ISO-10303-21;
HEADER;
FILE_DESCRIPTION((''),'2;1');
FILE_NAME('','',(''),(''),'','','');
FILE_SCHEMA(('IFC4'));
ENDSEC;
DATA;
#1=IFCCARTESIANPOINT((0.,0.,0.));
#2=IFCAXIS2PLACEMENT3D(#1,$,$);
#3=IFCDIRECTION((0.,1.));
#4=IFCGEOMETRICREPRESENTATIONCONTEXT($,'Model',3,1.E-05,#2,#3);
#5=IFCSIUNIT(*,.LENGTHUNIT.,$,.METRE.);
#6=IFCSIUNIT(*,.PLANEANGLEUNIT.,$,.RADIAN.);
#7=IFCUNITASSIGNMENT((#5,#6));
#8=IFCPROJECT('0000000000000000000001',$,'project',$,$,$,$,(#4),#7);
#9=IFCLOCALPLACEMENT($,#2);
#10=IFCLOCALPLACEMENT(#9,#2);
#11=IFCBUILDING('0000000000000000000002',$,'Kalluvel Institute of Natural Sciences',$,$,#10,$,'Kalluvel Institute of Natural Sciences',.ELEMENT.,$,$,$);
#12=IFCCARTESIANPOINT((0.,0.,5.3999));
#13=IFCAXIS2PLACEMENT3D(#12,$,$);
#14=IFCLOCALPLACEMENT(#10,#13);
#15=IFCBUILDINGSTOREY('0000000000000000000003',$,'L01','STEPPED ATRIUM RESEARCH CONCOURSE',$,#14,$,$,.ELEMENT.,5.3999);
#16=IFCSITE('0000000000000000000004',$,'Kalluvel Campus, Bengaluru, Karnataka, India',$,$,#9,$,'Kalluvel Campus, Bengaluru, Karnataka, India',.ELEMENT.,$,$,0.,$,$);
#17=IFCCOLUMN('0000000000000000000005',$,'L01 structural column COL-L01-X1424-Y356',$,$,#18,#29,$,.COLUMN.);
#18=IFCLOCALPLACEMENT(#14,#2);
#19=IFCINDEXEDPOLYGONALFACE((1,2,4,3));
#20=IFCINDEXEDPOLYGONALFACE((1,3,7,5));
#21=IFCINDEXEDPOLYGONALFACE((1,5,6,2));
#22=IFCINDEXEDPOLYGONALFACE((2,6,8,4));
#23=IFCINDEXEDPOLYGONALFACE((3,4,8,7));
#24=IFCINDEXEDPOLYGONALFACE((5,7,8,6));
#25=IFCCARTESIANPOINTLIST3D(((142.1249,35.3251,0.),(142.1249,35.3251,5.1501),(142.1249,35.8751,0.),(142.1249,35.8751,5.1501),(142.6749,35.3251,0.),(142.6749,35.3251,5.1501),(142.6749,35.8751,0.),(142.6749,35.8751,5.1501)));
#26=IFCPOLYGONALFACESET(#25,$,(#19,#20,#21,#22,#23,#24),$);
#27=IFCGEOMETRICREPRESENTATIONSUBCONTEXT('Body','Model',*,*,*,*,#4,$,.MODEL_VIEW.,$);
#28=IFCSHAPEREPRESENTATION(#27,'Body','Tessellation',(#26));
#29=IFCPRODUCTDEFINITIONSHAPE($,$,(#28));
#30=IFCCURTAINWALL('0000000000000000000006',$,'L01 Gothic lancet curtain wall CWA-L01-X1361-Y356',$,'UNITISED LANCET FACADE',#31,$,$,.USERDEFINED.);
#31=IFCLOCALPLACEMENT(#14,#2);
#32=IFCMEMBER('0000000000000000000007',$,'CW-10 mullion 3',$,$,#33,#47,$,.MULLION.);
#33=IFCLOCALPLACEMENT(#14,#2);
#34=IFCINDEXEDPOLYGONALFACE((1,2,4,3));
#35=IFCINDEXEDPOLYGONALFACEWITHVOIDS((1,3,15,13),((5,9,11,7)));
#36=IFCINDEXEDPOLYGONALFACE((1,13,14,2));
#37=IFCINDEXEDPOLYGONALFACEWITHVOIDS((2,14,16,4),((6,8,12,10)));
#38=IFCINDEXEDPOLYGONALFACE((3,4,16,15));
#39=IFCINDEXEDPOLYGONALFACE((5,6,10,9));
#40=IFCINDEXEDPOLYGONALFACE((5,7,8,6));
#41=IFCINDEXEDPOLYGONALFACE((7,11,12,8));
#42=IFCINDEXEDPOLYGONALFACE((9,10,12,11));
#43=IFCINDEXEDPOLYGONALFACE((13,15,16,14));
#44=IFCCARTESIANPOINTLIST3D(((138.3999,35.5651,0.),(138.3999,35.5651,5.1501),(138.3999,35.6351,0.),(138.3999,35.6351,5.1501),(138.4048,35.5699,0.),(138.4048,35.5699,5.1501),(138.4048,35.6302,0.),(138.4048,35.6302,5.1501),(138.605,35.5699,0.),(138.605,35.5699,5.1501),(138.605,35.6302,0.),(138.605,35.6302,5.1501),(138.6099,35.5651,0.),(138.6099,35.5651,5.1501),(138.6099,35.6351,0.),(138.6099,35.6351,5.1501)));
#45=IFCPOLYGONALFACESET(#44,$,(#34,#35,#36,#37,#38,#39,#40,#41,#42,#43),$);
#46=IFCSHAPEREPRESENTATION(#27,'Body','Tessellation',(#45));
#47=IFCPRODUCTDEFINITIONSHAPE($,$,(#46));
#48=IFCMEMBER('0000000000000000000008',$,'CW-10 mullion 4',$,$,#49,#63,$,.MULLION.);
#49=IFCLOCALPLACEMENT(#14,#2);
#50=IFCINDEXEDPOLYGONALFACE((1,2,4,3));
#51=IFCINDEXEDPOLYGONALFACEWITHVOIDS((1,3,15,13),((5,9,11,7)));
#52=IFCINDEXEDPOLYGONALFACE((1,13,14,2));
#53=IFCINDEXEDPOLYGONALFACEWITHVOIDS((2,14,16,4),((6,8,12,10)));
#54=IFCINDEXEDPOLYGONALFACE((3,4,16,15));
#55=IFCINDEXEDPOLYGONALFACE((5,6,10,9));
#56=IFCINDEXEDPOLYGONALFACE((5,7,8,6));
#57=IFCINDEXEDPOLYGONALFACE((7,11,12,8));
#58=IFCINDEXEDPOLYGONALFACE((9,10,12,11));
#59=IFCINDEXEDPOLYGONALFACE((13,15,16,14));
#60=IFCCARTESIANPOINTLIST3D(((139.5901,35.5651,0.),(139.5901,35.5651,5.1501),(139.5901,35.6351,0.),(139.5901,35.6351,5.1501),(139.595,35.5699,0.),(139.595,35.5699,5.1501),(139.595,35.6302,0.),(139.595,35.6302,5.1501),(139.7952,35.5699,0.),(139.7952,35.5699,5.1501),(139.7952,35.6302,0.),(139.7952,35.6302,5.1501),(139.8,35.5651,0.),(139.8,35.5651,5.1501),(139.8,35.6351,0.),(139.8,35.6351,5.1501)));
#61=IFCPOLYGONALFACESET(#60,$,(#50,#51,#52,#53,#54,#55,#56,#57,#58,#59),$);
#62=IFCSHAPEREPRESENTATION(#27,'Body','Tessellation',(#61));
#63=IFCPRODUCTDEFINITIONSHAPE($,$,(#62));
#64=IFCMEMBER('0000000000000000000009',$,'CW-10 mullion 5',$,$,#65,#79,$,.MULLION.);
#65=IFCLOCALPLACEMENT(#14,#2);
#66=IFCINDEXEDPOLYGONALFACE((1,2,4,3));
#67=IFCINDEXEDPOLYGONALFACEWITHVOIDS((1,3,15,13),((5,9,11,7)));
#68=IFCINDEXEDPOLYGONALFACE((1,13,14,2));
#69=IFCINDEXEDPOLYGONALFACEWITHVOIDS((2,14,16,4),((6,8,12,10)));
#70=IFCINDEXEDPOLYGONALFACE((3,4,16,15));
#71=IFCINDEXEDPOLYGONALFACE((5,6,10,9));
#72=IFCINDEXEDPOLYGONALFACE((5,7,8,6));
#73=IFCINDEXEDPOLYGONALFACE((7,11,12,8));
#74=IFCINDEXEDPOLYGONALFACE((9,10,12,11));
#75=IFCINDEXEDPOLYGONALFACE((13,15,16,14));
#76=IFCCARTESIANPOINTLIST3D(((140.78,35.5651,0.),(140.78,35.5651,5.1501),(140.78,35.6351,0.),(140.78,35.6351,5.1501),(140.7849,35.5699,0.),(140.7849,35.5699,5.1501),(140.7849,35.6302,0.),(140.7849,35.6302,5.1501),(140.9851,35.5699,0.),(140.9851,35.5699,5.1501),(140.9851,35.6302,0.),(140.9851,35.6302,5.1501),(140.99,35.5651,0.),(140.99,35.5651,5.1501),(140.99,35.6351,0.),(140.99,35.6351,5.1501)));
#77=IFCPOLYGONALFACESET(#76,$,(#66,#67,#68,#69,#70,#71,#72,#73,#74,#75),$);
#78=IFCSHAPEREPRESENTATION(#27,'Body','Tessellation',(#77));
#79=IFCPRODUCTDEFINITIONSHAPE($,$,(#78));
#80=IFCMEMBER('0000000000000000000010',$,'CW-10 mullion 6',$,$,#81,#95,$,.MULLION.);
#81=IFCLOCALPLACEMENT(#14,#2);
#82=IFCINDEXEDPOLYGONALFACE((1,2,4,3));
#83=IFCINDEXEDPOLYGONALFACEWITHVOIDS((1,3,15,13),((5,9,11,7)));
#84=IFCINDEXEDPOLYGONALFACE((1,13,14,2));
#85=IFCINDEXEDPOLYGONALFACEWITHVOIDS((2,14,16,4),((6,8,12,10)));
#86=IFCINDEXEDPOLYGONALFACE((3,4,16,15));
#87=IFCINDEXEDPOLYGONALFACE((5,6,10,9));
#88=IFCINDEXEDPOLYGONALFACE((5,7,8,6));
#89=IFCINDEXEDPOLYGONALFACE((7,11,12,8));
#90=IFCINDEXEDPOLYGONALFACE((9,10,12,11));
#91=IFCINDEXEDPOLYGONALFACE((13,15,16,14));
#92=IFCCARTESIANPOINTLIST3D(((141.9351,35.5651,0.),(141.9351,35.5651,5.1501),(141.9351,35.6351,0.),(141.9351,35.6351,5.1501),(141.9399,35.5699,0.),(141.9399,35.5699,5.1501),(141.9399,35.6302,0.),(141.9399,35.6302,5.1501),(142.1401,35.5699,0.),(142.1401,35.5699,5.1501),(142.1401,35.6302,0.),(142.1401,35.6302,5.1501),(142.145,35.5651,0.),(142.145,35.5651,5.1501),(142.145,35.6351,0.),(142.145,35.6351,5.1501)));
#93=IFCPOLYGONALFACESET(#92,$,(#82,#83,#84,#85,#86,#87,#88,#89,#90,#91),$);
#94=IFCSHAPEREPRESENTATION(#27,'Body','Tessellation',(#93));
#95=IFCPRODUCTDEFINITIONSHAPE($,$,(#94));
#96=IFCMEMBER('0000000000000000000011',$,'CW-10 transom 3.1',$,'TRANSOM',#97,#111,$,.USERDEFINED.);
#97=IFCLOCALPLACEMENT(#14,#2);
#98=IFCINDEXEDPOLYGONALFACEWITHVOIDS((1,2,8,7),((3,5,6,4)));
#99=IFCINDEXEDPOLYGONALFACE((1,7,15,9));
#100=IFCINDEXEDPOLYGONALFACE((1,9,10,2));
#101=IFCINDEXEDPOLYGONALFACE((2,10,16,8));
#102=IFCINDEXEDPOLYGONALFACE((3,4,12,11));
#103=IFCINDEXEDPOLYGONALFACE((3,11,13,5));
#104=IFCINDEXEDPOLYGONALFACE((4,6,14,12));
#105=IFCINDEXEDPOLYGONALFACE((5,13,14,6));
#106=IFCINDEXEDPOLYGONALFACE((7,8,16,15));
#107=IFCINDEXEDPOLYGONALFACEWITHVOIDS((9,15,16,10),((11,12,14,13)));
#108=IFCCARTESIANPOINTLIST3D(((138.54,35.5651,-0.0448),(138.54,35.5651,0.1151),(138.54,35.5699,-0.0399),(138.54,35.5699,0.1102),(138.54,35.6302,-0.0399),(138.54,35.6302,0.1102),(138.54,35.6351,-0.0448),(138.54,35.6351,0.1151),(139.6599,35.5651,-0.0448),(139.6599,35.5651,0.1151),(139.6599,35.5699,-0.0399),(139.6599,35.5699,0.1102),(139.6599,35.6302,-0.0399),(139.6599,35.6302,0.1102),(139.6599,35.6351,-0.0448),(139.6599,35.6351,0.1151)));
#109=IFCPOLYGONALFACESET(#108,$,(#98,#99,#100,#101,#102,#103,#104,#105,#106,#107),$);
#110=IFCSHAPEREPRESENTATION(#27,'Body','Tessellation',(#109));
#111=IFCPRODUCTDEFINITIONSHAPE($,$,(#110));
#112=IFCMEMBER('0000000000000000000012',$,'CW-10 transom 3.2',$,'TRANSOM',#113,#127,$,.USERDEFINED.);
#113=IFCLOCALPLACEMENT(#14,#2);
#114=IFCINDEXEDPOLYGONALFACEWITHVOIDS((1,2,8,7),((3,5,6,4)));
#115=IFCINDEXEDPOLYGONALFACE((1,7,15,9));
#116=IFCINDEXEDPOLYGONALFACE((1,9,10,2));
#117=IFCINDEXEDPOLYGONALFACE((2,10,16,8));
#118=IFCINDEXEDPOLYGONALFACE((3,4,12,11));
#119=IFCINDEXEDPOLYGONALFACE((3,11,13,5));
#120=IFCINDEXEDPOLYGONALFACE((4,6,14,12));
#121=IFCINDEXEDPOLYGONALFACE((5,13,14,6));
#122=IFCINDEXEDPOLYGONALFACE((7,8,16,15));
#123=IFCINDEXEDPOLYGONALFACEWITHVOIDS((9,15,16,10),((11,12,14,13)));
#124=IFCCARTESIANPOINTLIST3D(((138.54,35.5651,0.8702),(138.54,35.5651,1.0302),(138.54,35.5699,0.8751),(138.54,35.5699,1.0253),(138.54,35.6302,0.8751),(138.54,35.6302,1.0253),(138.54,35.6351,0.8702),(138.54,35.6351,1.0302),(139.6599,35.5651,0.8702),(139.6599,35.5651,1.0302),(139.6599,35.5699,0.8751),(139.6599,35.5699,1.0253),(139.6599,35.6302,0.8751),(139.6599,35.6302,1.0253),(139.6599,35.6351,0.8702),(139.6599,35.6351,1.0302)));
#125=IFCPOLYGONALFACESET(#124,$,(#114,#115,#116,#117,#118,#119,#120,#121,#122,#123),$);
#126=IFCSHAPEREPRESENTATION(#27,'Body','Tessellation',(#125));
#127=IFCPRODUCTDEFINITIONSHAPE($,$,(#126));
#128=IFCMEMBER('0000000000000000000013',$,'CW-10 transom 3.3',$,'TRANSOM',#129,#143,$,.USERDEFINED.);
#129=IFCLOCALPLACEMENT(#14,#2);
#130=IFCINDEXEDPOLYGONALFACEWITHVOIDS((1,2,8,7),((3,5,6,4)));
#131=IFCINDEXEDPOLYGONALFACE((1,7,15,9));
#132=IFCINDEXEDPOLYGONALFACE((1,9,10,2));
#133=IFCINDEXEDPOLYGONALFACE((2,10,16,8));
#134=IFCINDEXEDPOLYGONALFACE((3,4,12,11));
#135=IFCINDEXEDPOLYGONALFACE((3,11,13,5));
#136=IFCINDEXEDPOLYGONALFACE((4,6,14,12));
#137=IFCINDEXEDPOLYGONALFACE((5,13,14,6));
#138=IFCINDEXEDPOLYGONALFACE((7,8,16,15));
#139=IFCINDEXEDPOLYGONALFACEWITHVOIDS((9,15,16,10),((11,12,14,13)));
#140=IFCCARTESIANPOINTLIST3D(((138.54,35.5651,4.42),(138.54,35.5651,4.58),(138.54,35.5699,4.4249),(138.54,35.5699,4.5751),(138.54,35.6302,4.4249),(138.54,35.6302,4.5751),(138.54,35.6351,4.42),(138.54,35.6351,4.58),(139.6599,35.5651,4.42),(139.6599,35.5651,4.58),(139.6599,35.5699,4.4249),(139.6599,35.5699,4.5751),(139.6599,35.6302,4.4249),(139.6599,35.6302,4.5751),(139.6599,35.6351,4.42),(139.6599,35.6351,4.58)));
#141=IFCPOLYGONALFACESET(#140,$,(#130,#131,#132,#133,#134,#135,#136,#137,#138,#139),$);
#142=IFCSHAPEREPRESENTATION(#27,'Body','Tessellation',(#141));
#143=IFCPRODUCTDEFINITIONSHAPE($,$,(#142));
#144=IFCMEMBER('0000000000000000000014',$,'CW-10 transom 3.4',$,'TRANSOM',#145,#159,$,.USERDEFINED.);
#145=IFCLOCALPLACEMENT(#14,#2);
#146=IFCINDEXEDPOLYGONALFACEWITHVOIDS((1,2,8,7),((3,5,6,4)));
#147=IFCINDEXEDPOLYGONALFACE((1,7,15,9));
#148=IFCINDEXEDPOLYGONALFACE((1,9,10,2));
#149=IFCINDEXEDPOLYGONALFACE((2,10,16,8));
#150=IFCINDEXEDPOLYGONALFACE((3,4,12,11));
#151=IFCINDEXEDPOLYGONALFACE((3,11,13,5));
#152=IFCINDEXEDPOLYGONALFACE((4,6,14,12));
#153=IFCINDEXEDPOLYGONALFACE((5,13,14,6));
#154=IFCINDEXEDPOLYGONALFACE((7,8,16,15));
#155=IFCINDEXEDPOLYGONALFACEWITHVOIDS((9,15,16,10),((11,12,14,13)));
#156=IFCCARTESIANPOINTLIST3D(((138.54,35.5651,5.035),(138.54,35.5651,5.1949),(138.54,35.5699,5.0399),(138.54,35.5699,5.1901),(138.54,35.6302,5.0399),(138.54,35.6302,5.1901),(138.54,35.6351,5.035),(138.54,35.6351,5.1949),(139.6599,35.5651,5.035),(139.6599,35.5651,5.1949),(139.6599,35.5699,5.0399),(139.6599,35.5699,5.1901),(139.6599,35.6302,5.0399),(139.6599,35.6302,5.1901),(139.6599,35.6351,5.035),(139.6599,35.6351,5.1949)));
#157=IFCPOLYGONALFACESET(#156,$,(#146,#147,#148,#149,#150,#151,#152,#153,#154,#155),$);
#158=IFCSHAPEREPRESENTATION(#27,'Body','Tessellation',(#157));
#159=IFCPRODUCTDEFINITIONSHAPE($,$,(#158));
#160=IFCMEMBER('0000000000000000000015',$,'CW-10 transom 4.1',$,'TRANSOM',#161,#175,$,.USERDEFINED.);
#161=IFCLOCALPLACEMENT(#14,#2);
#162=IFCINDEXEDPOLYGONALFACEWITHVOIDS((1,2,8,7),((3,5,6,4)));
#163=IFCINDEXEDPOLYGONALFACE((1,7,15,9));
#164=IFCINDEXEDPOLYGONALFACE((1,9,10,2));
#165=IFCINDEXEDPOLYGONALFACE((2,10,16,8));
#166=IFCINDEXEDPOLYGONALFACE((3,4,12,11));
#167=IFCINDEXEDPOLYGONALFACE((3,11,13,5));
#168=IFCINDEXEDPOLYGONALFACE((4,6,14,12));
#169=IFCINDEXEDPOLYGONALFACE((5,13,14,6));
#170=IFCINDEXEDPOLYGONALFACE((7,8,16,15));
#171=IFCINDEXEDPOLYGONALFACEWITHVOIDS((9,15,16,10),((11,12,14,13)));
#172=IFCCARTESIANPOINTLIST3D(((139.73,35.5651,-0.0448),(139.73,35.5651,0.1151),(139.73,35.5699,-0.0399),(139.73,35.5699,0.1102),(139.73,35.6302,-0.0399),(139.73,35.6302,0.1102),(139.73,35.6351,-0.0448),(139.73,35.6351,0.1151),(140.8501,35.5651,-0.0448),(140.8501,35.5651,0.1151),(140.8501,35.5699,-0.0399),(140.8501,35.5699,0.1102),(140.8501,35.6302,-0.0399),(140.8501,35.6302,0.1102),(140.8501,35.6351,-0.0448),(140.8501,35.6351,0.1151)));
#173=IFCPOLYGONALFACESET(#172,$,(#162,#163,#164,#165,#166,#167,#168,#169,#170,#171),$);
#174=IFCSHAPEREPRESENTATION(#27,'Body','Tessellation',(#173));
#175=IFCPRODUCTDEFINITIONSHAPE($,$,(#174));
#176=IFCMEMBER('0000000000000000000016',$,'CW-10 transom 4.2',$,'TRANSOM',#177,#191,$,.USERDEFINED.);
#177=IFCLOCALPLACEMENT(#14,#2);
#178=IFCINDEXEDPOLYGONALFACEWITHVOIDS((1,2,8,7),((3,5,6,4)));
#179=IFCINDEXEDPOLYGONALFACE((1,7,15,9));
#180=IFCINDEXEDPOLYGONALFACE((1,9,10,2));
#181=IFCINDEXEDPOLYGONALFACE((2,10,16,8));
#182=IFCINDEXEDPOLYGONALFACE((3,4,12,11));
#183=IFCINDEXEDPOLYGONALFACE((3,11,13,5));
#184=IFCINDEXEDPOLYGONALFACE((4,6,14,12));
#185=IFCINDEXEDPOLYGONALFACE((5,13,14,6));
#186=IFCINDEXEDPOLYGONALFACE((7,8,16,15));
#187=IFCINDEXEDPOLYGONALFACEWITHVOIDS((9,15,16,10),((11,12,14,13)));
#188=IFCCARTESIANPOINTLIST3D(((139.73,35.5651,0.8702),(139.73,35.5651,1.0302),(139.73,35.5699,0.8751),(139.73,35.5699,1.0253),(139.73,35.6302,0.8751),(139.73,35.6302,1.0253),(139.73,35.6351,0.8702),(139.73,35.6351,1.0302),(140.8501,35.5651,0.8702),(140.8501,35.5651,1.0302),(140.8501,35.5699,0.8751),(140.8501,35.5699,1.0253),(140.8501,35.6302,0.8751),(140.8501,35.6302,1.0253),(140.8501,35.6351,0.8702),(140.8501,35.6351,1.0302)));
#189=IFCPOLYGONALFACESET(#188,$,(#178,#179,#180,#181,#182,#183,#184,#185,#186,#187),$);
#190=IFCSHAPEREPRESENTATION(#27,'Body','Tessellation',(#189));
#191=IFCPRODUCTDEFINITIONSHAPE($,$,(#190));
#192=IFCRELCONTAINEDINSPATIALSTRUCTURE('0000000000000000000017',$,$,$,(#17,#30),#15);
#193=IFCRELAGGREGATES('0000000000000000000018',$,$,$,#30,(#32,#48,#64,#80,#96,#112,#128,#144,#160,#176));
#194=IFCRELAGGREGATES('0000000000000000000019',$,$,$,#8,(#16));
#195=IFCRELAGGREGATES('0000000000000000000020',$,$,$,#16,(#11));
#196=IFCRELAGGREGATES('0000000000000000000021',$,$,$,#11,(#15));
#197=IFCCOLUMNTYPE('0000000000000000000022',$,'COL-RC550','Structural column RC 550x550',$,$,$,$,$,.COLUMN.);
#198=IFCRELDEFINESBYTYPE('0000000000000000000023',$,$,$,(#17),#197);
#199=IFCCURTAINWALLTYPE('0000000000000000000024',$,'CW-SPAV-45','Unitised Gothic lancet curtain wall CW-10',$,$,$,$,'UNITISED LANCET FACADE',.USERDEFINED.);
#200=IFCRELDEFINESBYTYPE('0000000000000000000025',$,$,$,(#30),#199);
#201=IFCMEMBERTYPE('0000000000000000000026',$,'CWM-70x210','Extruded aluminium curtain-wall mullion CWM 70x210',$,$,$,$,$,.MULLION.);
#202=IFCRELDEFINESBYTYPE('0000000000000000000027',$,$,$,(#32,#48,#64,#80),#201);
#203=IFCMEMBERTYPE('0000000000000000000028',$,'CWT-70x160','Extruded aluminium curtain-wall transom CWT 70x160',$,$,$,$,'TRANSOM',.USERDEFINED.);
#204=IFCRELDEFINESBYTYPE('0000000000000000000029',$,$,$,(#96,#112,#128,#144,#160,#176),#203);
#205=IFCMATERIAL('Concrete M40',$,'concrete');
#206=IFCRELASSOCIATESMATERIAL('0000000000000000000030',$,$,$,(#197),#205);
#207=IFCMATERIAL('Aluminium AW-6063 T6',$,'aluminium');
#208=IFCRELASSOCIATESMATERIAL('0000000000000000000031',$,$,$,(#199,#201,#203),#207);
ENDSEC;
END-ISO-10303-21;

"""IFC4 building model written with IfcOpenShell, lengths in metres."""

from ifc_helpers import new_model, si_unit, direction, frame, origin, origin_2d, place, context, subcontext, project, spatial, rectangle, hollow_rectangle, extrude, material, material_profile, profile_set, type_object, element, aggregate, save


model = new_model("IFC4")

# Units and contexts
model_context = context("Model", 3, precision=1e-05, world=origin(), true_north=direction((0.0, 1.0)))
body_context = subcontext(model_context, "Body", "Model", "MODEL_VIEW")
ifc_project = project(units=[si_unit("LENGTHUNIT", "METRE"), si_unit("PLANEANGLEUNIT", "RADIAN")], contexts=[model_context])

# Site, building, storey
site_placement = place(None, origin())
site = spatial("IfcSite", under=ifc_project, at=site_placement, Name="Kalluvel Campus, Bengaluru, Karnataka, India", LongName="Kalluvel Campus, Bengaluru, Karnataka, India", CompositionType="ELEMENT", RefElevation=0.0)
building_placement = place(site_placement, origin())
building = spatial("IfcBuilding", under=site, at=building_placement, Name="Kalluvel Institute of Natural Sciences", LongName="Kalluvel Institute of Natural Sciences", CompositionType="ELEMENT")
storey_placement = place(building_placement, frame((0.0, 0.0, 5.3999)))
storey = spatial("IfcBuildingStorey", under=building, at=storey_placement, Name="L01", Description="STEPPED ATRIUM RESEARCH CONCOURSE", CompositionType="ELEMENT", Elevation=5.3999)

# Column
ifc_material_1 = material(Name="Concrete M40", Category="concrete")
ifc_material_profile_1 = material_profile(ifc_material_1, rectangle(XDim=0.55, YDim=0.55, at=origin_2d()), Name="RC 550x550")
ifc_profile_set_1 = profile_set([ifc_material_profile_1], Name="Concrete M40")
column_type = type_object("IfcColumnType", Name="COL-RC550", Description="Structural column RC 550x550", PredefinedType="COLUMN", material=ifc_profile_set_1)
column_placement = place(storey_placement, frame((142.3999, 35.6001, 0.0), z_axis=(0.0, 0.0, 1.0), x_axis=(1.0, 0.0, 0.0)))
element("IfcColumn", 1, at=column_placement, inside=storey, type_object=column_type, Name="L01 structural column COL-L01-X1424-Y356", PredefinedType="COLUMN", context=body_context, shape_type="SweptSolid", body=[
    extrude(rectangle(XDim=0.55, YDim=0.55, at=origin_2d()), origin(), (0.0, 0.0, 1.0), 5.1501),
])

# Curtain wall, members
ifc_material_2 = material(Name="Aluminium AW-6063 T6", Category="aluminium")
curtain_wall_type = type_object("IfcCurtainWallType", Name="CW-SPAV-45", Description="Unitised Gothic lancet curtain wall CW-10", ElementType="UNITISED LANCET FACADE", PredefinedType="USERDEFINED", material=ifc_material_2)
curtain_wall_placement = place(storey_placement, origin())
curtain_wall = element("IfcCurtainWall", 2, at=curtain_wall_placement, inside=storey, type_object=curtain_wall_type, Name="L01 Gothic lancet curtain wall CWA-L01-X1361-Y356", ObjectType="UNITISED LANCET FACADE", PredefinedType="USERDEFINED")
ifc_material_profile_2 = material_profile(ifc_material_2, hollow_rectangle(XDim=0.0701, YDim=0.21, WallThickness=0.0049, at=origin_2d()), Name="CWM 70x210")
ifc_profile_set_2 = profile_set([ifc_material_profile_2], Name="Aluminium AW-6063 T6")
member_type_1 = type_object("IfcMemberType", Name="CWM-70x210", Description="Extruded aluminium curtain-wall mullion CWM 70x210", PredefinedType="MULLION", material=ifc_profile_set_2)
member_1_placement = place(storey_placement, frame((138.5049, 35.6001, 0.0), z_axis=(0.0, 0.0, 1.0), x_axis=(0.0, 1.0, 0.0)))
member_1 = element("IfcMember", 3, at=member_1_placement, type_object=member_type_1, Name="CW-10 mullion 3", PredefinedType="MULLION", context=body_context, shape_type="SweptSolid", body=[
    extrude(hollow_rectangle(XDim=0.0701, YDim=0.21, WallThickness=0.0049, at=origin_2d()), origin(), (0.0, 0.0, 1.0), 5.1501),
])
member_2_placement = place(storey_placement, frame((139.6951, 35.6001, 0.0), z_axis=(0.0, 0.0, 1.0), x_axis=(0.0, 1.0, 0.0)))
member_2 = element("IfcMember", 4, at=member_2_placement, type_object=member_type_1, Name="CW-10 mullion 4", PredefinedType="MULLION", context=body_context, shape_type="SweptSolid", body=[
    extrude(hollow_rectangle(XDim=0.0701, YDim=0.21, WallThickness=0.0049, at=origin_2d()), origin(), (0.0, 0.0, 1.0), 5.1501),
])
member_3_placement = place(storey_placement, frame((140.885, 35.6001, 0.0), z_axis=(0.0, 0.0, 1.0), x_axis=(0.0, 1.0, 0.0)))
member_3 = element("IfcMember", 5, at=member_3_placement, type_object=member_type_1, Name="CW-10 mullion 5", PredefinedType="MULLION", context=body_context, shape_type="SweptSolid", body=[
    extrude(hollow_rectangle(XDim=0.0701, YDim=0.21, WallThickness=0.0049, at=origin_2d()), origin(), (0.0, 0.0, 1.0), 5.1501),
])
member_4_placement = place(storey_placement, frame((142.04, 35.6001, 0.0), z_axis=(0.0, 0.0, 1.0), x_axis=(0.0, 1.0, 0.0)))
member_4 = element("IfcMember", 6, at=member_4_placement, type_object=member_type_1, Name="CW-10 mullion 6", PredefinedType="MULLION", context=body_context, shape_type="SweptSolid", body=[
    extrude(hollow_rectangle(XDim=0.0701, YDim=0.21, WallThickness=0.0049, at=origin_2d()), origin(), (0.0, 0.0, 1.0), 5.1501),
])
ifc_material_profile_3 = material_profile(ifc_material_2, hollow_rectangle(XDim=0.0701, YDim=0.1599, WallThickness=0.0049, at=origin_2d()), Name="CWT 70x160")
ifc_profile_set_3 = profile_set([ifc_material_profile_3], Name="Aluminium AW-6063 T6")
member_type_2 = type_object("IfcMemberType", Name="CWT-70x160", Description="Extruded aluminium curtain-wall transom CWT 70x160", ElementType="TRANSOM", PredefinedType="USERDEFINED", material=ifc_profile_set_3)
member_5_placement = place(storey_placement, frame((138.54, 35.6001, 0.0352), z_axis=(1.0, 0.0, 0.0), x_axis=(0.0, 1.0, 0.0)))
member_5 = element("IfcMember", 7, at=member_5_placement, type_object=member_type_2, Name="CW-10 transom 3.1", ObjectType="TRANSOM", PredefinedType="USERDEFINED", context=body_context, shape_type="SweptSolid", body=[
    extrude(hollow_rectangle(XDim=0.0701, YDim=0.1599, WallThickness=0.0049, at=origin_2d()), origin(), (0.0, 0.0, 1.0), 1.1199),
])
member_6_placement = place(storey_placement, frame((138.54, 35.6001, 0.9502), z_axis=(1.0, 0.0, 0.0), x_axis=(0.0, 1.0, 0.0)))
member_6 = element("IfcMember", 8, at=member_6_placement, type_object=member_type_2, Name="CW-10 transom 3.2", ObjectType="TRANSOM", PredefinedType="USERDEFINED", context=body_context, shape_type="SweptSolid", body=[
    extrude(hollow_rectangle(XDim=0.0701, YDim=0.1599, WallThickness=0.0049, at=origin_2d()), origin(), (0.0, 0.0, 1.0), 1.1199),
])
member_7_placement = place(storey_placement, frame((138.54, 35.6001, 4.5), z_axis=(1.0, 0.0, 0.0), x_axis=(0.0, 1.0, 0.0)))
member_7 = element("IfcMember", 9, at=member_7_placement, type_object=member_type_2, Name="CW-10 transom 3.3", ObjectType="TRANSOM", PredefinedType="USERDEFINED", context=body_context, shape_type="SweptSolid", body=[
    extrude(hollow_rectangle(XDim=0.0701, YDim=0.1599, WallThickness=0.0049, at=origin_2d()), origin(), (0.0, 0.0, 1.0), 1.1199),
])
member_8_placement = place(storey_placement, frame((138.54, 35.6001, 5.115), z_axis=(1.0, 0.0, 0.0), x_axis=(0.0, 1.0, 0.0)))
member_8 = element("IfcMember", 10, at=member_8_placement, type_object=member_type_2, Name="CW-10 transom 3.4", ObjectType="TRANSOM", PredefinedType="USERDEFINED", context=body_context, shape_type="SweptSolid", body=[
    extrude(hollow_rectangle(XDim=0.0701, YDim=0.1599, WallThickness=0.0049, at=origin_2d()), origin(), (0.0, 0.0, 1.0), 1.1199),
])
member_9_placement = place(storey_placement, frame((139.73, 35.6001, 0.0352), z_axis=(1.0, 0.0, 0.0), x_axis=(0.0, 1.0, 0.0)))
member_9 = element("IfcMember", 11, at=member_9_placement, type_object=member_type_2, Name="CW-10 transom 4.1", ObjectType="TRANSOM", PredefinedType="USERDEFINED", context=body_context, shape_type="SweptSolid", body=[
    extrude(hollow_rectangle(XDim=0.0701, YDim=0.1599, WallThickness=0.0049, at=origin_2d()), origin(), (0.0, 0.0, 1.0), 1.1201),
])
member_10_placement = place(storey_placement, frame((139.73, 35.6001, 0.9502), z_axis=(1.0, 0.0, 0.0), x_axis=(0.0, 1.0, 0.0)))
member_10 = element("IfcMember", 12, at=member_10_placement, type_object=member_type_2, Name="CW-10 transom 4.2", ObjectType="TRANSOM", PredefinedType="USERDEFINED", context=body_context, shape_type="SweptSolid", body=[
    extrude(hollow_rectangle(XDim=0.0701, YDim=0.1599, WallThickness=0.0049, at=origin_2d()), origin(), (0.0, 0.0, 1.0), 1.1201),
])
aggregate(curtain_wall, [member_1, member_2, member_3, member_4, member_5, member_6, member_7, member_8, member_9, member_10])

save(model, "model.ifc")
